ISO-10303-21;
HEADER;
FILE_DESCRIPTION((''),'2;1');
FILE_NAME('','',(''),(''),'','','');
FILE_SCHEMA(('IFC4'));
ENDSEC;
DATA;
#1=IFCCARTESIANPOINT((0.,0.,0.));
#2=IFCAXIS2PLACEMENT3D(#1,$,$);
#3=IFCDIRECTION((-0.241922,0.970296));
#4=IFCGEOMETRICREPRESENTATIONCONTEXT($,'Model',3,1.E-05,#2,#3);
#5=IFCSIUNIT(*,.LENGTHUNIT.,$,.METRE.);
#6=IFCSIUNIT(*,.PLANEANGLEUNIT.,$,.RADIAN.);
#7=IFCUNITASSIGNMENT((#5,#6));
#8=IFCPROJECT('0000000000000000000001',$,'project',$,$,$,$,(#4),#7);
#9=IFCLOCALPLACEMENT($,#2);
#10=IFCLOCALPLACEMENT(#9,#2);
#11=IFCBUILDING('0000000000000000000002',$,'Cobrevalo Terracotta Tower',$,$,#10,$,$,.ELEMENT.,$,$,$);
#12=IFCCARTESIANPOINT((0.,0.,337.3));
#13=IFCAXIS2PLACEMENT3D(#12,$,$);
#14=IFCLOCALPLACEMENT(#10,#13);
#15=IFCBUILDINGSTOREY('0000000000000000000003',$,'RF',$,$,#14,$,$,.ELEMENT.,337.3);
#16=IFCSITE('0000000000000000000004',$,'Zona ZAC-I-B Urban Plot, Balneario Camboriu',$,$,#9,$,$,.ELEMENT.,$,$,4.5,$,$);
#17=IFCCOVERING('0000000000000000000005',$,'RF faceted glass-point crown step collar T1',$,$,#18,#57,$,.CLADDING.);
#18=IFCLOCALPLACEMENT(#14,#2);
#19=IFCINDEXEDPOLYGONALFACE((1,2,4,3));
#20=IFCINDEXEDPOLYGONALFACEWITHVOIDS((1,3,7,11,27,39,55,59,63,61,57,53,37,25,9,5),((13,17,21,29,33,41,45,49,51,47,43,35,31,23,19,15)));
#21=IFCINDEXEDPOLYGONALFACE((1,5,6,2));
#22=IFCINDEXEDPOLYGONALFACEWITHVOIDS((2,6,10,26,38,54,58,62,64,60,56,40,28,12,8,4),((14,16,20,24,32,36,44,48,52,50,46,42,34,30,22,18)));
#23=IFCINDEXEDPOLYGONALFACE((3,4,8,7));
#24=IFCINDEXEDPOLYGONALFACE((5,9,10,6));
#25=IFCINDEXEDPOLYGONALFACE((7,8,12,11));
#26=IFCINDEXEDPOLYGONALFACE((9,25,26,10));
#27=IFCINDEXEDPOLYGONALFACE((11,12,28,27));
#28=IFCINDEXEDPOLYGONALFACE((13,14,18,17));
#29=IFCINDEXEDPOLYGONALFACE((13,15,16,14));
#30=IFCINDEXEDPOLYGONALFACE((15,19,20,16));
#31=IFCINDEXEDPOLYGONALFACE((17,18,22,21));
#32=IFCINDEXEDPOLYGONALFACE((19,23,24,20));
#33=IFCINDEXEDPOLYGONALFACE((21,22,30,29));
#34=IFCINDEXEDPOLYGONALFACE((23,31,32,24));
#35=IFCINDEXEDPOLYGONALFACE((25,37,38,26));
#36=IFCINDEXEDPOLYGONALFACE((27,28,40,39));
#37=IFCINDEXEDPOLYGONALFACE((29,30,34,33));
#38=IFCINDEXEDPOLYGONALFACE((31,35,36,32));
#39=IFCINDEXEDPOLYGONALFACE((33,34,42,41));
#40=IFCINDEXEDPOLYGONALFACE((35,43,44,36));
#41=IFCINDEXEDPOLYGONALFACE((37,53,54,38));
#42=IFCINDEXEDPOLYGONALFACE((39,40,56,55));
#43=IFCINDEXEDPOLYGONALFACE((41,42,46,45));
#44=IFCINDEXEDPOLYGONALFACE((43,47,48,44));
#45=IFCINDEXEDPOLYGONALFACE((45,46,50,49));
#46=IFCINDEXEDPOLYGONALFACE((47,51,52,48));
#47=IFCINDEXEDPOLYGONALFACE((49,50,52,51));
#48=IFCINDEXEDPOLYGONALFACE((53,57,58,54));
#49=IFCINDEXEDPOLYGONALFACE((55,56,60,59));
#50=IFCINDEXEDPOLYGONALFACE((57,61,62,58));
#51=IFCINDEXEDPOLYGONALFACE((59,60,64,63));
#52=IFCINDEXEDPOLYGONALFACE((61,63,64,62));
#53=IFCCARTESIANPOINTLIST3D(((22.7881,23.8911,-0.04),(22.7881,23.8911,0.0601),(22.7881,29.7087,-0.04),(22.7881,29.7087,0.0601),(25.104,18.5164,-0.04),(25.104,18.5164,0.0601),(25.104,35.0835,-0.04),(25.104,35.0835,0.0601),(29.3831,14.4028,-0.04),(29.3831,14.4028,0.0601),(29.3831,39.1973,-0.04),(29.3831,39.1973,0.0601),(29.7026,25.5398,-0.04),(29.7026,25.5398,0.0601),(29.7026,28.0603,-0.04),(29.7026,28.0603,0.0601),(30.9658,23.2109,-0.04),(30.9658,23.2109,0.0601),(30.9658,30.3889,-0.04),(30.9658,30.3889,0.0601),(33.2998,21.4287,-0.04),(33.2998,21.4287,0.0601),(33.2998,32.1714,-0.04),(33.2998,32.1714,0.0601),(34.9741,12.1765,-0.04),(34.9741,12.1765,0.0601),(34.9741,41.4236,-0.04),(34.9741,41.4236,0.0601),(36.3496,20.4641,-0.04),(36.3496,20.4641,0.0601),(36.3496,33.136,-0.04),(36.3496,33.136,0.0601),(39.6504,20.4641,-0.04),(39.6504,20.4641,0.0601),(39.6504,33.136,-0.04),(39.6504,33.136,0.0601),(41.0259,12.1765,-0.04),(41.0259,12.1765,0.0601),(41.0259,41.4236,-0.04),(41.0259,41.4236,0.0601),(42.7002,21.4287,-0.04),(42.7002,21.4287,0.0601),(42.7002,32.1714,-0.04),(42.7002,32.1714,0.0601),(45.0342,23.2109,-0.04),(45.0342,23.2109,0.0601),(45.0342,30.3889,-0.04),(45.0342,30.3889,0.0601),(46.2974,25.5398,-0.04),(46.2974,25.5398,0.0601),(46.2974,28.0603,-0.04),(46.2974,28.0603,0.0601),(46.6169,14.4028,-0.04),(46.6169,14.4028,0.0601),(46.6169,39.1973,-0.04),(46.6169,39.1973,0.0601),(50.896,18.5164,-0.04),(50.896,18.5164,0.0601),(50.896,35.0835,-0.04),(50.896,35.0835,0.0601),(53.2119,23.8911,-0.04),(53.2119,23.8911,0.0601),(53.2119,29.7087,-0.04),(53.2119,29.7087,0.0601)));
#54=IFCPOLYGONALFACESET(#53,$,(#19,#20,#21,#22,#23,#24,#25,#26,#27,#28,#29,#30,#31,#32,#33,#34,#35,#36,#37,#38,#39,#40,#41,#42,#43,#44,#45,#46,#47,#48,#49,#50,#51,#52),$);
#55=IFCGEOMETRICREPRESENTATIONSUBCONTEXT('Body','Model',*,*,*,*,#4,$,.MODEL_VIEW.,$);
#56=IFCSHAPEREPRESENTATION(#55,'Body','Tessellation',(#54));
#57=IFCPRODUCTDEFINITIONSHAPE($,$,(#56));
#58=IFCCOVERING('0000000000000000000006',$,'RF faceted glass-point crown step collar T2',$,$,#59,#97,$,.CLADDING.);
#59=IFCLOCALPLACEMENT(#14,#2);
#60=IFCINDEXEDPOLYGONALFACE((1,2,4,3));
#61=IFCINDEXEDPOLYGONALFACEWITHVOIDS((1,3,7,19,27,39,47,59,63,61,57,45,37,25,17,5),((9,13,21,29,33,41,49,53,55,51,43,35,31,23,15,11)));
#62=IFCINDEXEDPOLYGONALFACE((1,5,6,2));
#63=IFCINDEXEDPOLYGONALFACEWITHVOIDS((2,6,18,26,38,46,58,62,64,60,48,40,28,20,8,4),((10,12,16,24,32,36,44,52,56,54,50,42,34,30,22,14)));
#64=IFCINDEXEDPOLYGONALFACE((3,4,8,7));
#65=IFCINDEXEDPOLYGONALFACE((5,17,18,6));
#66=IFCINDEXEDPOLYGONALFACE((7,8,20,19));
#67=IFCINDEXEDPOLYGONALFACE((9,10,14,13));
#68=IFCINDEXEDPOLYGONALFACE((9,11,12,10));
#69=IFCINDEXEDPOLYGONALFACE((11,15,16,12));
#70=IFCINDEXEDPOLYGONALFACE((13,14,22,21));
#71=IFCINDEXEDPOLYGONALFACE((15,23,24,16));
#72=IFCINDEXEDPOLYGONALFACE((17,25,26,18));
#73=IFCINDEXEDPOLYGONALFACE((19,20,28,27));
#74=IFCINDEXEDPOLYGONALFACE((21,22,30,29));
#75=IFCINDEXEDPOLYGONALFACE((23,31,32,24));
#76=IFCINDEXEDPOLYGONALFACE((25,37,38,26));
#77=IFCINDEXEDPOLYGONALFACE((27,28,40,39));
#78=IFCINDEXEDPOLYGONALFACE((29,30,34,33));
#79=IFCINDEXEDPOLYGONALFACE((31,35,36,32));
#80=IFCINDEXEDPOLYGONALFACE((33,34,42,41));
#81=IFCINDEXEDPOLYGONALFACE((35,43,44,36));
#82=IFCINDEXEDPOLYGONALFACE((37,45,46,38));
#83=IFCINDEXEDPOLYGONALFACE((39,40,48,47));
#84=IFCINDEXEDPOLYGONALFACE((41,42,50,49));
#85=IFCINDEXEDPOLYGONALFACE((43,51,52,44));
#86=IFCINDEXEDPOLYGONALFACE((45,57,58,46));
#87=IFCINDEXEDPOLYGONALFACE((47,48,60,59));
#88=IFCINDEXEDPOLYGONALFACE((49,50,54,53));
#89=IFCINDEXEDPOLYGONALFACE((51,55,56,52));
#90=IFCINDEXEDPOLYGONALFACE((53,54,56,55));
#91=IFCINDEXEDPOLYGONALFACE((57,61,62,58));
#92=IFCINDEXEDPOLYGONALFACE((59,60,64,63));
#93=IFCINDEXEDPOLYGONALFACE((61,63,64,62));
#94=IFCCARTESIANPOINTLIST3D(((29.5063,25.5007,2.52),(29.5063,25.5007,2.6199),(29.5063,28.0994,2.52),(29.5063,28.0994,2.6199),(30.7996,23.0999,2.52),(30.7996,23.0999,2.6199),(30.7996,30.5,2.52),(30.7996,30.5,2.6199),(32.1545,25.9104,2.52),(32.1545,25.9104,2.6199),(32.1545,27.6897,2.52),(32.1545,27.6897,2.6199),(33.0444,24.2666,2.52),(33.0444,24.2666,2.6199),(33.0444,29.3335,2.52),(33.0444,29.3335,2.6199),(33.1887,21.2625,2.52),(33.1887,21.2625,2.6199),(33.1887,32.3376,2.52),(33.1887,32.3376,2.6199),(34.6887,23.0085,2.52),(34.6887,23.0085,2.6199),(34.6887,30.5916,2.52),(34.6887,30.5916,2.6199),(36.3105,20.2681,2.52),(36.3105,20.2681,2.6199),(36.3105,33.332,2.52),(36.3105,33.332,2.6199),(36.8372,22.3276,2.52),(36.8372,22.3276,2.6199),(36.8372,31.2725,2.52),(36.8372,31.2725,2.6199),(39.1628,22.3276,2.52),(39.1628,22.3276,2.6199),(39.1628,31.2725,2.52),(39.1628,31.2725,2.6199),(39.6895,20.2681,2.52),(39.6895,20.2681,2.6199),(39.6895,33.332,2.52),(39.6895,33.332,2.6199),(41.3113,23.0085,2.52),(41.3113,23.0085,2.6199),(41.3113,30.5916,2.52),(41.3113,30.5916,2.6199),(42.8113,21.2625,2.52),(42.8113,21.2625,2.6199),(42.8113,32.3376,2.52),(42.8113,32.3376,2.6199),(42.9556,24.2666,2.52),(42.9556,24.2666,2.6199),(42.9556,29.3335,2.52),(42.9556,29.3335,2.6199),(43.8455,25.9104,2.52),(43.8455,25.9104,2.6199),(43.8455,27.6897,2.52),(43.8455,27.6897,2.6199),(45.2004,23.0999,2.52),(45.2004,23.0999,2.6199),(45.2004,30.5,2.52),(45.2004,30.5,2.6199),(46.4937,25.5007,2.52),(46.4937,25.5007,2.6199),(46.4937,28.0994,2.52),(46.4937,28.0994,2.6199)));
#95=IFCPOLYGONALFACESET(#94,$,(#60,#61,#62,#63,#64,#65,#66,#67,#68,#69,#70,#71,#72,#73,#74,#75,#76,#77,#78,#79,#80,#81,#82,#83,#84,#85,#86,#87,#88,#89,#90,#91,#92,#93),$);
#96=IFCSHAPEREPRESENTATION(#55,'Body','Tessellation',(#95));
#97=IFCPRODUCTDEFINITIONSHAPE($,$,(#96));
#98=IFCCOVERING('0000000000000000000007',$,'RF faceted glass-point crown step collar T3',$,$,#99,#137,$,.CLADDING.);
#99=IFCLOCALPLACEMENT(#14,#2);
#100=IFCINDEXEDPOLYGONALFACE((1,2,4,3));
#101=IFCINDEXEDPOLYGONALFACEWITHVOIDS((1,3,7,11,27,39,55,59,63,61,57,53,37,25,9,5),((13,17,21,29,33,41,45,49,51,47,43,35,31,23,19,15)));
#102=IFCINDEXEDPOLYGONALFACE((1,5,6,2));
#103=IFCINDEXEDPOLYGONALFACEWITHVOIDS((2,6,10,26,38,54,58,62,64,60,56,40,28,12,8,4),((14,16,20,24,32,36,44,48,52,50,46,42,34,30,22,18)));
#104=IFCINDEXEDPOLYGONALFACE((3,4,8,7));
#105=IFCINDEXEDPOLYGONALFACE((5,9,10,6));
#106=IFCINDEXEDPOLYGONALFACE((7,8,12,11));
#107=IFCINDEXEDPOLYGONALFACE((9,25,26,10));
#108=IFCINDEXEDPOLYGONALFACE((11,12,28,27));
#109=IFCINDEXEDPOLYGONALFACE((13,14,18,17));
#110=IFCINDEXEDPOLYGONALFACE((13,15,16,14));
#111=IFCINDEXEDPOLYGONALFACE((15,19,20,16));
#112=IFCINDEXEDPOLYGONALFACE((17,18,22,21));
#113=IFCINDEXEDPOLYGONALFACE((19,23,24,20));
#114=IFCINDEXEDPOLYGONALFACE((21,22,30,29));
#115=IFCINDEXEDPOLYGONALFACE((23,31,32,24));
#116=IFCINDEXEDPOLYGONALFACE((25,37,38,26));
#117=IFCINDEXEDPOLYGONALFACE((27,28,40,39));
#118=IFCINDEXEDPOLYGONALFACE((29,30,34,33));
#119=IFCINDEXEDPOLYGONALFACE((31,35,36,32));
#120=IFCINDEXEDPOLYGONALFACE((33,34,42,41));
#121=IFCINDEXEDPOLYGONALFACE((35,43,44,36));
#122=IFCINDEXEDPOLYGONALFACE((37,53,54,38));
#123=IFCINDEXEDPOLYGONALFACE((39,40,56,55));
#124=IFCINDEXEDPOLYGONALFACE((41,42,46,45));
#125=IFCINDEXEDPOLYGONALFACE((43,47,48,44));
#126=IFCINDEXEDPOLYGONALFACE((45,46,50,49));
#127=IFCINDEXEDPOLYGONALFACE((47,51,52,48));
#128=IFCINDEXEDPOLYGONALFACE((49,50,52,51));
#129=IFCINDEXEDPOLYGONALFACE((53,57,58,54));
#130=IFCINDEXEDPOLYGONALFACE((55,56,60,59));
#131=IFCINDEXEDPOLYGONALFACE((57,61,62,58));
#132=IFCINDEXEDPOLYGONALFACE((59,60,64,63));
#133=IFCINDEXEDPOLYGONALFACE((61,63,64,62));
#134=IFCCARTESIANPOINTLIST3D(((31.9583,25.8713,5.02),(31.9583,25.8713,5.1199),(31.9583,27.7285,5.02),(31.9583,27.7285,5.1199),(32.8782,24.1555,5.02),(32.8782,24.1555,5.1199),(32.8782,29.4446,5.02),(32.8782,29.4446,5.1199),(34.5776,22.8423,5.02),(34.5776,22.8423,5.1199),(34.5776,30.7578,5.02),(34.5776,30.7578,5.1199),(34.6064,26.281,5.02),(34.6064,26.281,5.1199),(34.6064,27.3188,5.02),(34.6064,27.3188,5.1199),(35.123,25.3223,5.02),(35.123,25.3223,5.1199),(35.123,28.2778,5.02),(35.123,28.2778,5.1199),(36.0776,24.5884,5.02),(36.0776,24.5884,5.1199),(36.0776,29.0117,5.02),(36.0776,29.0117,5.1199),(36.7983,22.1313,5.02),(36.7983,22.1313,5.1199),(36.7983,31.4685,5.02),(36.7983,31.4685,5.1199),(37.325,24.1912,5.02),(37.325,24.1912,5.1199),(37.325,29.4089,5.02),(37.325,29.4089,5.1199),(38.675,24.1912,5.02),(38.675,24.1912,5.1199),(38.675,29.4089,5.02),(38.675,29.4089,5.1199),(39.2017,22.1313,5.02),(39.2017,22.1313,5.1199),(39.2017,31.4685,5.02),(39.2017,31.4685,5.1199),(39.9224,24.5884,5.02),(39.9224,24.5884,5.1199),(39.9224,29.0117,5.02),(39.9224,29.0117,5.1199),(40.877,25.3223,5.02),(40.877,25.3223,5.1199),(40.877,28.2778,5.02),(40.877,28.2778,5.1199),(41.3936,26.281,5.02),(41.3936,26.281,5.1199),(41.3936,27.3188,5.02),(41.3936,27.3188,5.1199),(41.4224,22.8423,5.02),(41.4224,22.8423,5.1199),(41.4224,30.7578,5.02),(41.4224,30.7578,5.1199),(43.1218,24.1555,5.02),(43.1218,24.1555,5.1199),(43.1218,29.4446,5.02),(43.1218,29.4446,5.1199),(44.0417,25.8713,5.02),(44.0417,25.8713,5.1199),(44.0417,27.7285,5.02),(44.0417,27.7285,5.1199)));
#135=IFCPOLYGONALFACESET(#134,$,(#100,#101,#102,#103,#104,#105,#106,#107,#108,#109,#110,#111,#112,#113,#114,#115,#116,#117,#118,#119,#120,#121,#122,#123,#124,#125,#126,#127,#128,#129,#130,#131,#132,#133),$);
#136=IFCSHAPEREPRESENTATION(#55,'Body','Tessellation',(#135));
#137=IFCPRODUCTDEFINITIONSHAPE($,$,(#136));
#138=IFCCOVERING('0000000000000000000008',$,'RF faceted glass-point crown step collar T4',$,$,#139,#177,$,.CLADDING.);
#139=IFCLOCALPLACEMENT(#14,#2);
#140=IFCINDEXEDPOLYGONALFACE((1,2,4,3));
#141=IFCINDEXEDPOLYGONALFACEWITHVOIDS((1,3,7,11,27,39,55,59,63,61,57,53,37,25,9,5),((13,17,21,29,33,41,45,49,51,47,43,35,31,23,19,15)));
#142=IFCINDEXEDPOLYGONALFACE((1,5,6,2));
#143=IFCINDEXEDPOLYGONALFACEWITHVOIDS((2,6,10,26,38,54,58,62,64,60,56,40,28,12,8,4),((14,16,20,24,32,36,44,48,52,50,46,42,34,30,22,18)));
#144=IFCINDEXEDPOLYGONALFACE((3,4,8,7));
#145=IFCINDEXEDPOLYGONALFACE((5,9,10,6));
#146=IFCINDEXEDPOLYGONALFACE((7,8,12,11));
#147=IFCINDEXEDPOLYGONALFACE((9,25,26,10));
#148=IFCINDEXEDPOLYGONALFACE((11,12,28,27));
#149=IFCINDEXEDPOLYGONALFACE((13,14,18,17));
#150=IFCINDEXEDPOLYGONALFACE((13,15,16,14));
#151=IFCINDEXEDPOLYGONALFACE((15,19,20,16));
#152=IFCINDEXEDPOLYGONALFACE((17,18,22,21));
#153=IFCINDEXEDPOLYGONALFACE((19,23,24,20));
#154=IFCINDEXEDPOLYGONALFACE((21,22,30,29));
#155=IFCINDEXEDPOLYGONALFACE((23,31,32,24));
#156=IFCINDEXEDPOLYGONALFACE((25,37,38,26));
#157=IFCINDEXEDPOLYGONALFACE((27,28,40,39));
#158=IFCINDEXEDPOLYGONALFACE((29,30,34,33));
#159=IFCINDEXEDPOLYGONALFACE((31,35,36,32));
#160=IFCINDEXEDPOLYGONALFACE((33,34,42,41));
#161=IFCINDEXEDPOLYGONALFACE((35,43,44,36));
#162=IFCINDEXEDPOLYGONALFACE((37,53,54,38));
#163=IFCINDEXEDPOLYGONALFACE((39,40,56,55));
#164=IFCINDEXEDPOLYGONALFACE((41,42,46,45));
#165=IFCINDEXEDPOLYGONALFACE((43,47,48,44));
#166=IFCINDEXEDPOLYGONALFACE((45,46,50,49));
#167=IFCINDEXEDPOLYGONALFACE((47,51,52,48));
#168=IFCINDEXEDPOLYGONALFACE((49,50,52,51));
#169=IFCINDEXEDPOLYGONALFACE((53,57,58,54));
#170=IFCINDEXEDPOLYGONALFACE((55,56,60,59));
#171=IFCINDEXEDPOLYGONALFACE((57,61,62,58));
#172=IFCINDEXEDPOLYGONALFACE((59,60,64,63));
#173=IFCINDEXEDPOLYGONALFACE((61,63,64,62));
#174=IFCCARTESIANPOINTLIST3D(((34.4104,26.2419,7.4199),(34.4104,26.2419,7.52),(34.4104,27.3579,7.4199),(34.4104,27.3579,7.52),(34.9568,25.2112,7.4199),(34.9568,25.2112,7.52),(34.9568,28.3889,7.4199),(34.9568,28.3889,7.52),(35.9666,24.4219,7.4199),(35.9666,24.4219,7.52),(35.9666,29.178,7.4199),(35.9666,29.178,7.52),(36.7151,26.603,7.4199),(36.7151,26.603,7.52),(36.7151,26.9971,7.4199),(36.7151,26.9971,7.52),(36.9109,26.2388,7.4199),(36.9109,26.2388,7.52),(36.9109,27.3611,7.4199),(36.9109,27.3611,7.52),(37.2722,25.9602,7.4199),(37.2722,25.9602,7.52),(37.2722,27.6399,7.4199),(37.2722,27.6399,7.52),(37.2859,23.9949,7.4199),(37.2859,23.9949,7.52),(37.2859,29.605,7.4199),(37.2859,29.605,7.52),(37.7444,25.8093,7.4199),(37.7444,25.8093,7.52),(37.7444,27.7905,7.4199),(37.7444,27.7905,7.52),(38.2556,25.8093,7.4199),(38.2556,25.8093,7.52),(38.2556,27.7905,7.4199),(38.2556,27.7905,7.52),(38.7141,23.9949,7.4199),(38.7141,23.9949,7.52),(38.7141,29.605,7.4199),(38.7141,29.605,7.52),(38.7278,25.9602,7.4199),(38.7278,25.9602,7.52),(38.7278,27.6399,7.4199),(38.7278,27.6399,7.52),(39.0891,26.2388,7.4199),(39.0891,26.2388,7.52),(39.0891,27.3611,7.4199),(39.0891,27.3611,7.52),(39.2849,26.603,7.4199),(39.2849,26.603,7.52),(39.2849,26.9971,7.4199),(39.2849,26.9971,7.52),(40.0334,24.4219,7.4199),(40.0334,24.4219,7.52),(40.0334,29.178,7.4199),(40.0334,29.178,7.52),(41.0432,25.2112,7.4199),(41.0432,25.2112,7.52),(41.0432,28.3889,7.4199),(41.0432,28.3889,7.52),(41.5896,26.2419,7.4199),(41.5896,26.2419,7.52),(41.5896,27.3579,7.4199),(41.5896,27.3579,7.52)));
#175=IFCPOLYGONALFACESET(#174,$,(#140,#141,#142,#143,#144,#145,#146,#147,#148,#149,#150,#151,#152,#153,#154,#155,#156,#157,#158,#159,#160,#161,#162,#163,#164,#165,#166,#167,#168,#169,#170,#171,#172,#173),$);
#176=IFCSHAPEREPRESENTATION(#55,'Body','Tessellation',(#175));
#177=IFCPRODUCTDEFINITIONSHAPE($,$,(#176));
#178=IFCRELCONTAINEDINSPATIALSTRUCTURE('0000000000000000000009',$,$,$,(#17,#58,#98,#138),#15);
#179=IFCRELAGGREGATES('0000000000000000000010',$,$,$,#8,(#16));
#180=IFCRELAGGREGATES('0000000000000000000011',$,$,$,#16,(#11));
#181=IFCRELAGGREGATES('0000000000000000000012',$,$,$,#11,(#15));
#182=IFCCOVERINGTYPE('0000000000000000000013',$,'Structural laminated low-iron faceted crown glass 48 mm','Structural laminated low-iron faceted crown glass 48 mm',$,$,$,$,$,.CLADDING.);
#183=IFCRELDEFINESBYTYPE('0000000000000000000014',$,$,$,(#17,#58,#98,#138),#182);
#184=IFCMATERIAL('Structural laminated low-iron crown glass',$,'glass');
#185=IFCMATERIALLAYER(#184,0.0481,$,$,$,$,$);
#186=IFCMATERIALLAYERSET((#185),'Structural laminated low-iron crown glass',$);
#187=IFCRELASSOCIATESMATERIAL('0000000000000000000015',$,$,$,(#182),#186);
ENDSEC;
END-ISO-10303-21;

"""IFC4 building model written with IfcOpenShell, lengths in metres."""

from ifc_helpers import new_model, si_unit, direction, frame, origin, place, context, subcontext, project, spatial, polyline, outline, extrude, material, layer, layer_set, type_object, element, save


model = new_model("IFC4")

# Units and contexts
model_context = context("Model", 3, precision=1e-05, world=origin(), true_north=direction((-0.241922, 0.970296)))
body_context = subcontext(model_context, "Body", "Model", "MODEL_VIEW")
ifc_project = project(units=[si_unit("LENGTHUNIT", "METRE"), si_unit("PLANEANGLEUNIT", "RADIAN")], contexts=[model_context])

# Site, building, storey
site_placement = place(None, origin())
site = spatial("IfcSite", under=ifc_project, at=site_placement, Name="Zona ZAC-I-B Urban Plot, Balneario Camboriu", CompositionType="ELEMENT", RefElevation=4.5)
building_placement = place(site_placement, origin())
building = spatial("IfcBuilding", under=site, at=building_placement, Name="Cobrevalo Terracotta Tower", CompositionType="ELEMENT")
storey_placement = place(building_placement, frame((0.0, 0.0, 337.3)))
storey = spatial("IfcBuildingStorey", under=building, at=storey_placement, Name="RF", CompositionType="ELEMENT", Elevation=337.3)

# Shared definitions
ifc_material_1 = material(Name="Structural laminated low-iron crown glass", Category="glass")

# Coverings
ifc_layer_1 = layer(ifc_material_1, 0.0481)
ifc_layer_set_1 = layer_set([ifc_layer_1], Name="Structural laminated low-iron crown glass")
covering_type = type_object("IfcCoveringType", Name="Structural laminated low-iron faceted crown glass 48 mm", Description="Structural laminated low-iron faceted crown glass 48 mm", PredefinedType="CLADDING", material=ifc_layer_set_1)
covering_1_placement = place(storey_placement, frame((0.0, 0.0, -0.04)))
element("IfcCovering", 1, at=covering_1_placement, inside=storey, type_object=covering_type, Name="RF faceted glass-point crown step collar T1", PredefinedType="CLADDING", context=body_context, shape_type="SweptSolid", body=[
    extrude(outline(polyline([(53.2119, 29.7087), (50.896, 35.0835), (46.6169, 39.1973), (41.0259, 41.4236), (34.9741, 41.4236), (29.3831, 39.1973), (25.104, 35.0835), (22.7881, 29.7087), (22.7881, 23.8911), (25.104, 18.5164), (29.3831, 14.4028), (34.9741, 12.1765), (41.0259, 12.1765), (46.6169, 14.4028), (50.896, 18.5164), (53.2119, 23.8911), (53.2119, 29.7087)]), holes=[polyline([(46.2974, 28.0603), (45.0342, 30.3889), (42.7002, 32.1714), (39.6504, 33.136), (36.3496, 33.136), (33.2998, 32.1714), (30.9658, 30.3889), (29.7026, 28.0603), (29.7026, 25.5398), (30.9658, 23.2109), (33.2998, 21.4287), (36.3496, 20.4641), (39.6504, 20.4641), (42.7002, 21.4287), (45.0342, 23.2109), (46.2974, 25.5398), (46.2974, 28.0603)])]), origin(), (0.0, 0.0, 1.0), 0.1001),
])
covering_2_placement = place(storey_placement, frame((0.0, 0.0, 2.52)))
element("IfcCovering", 2, at=covering_2_placement, inside=storey, type_object=covering_type, Name="RF faceted glass-point crown step collar T2", PredefinedType="CLADDING", context=body_context, shape_type="SweptSolid", body=[
    extrude(outline(polyline([(46.4937, 28.0994), (45.2004, 30.5), (42.8113, 32.3376), (39.6895, 33.332), (36.3105, 33.332), (33.1887, 32.3376), (30.7996, 30.5), (29.5063, 28.0994), (29.5063, 25.5007), (30.7996, 23.0999), (33.1887, 21.2625), (36.3105, 20.2681), (39.6895, 20.2681), (42.8113, 21.2625), (45.2004, 23.0999), (46.4937, 25.5007), (46.4937, 28.0994)]), holes=[polyline([(43.8455, 27.6897), (42.9556, 29.3335), (41.3113, 30.5916), (39.1628, 31.2725), (36.8372, 31.2725), (34.6887, 30.5916), (33.0444, 29.3335), (32.1545, 27.6897), (32.1545, 25.9104), (33.0444, 24.2666), (34.6887, 23.0085), (36.8372, 22.3276), (39.1628, 22.3276), (41.3113, 23.0085), (42.9556, 24.2666), (43.8455, 25.9104), (43.8455, 27.6897)])]), origin(), (0.0, 0.0, 1.0), 0.0999),
])
covering_3_placement = place(storey_placement, frame((0.0, 0.0, 5.02)))
element("IfcCovering", 3, at=covering_3_placement, inside=storey, type_object=covering_type, Name="RF faceted glass-point crown step collar T3", PredefinedType="CLADDING", context=body_context, shape_type="SweptSolid", body=[
    extrude(outline(polyline([(44.0417, 27.7285), (43.1218, 29.4446), (41.4224, 30.7578), (39.2017, 31.4685), (36.7983, 31.4685), (34.5776, 30.7578), (32.8782, 29.4446), (31.9583, 27.7285), (31.9583, 25.8713), (32.8782, 24.1555), (34.5776, 22.8423), (36.7983, 22.1313), (39.2017, 22.1313), (41.4224, 22.8423), (43.1218, 24.1555), (44.0417, 25.8713), (44.0417, 27.7285)]), holes=[polyline([(41.3936, 27.3188), (40.877, 28.2778), (39.9224, 29.0117), (38.675, 29.4089), (37.325, 29.4089), (36.0776, 29.0117), (35.123, 28.2778), (34.6064, 27.3188), (34.6064, 26.281), (35.123, 25.3223), (36.0776, 24.5884), (37.325, 24.1912), (38.675, 24.1912), (39.9224, 24.5884), (40.877, 25.3223), (41.3936, 26.281), (41.3936, 27.3188)])]), origin(), (0.0, 0.0, 1.0), 0.0999),
])
covering_4_placement = place(storey_placement, frame((0.0, 0.0, 7.4199)))
element("IfcCovering", 4, at=covering_4_placement, inside=storey, type_object=covering_type, Name="RF faceted glass-point crown step collar T4", PredefinedType="CLADDING", context=body_context, shape_type="SweptSolid", body=[
    extrude(outline(polyline([(41.5896, 27.3579), (41.0432, 28.3889), (40.0334, 29.178), (38.7141, 29.605), (37.2859, 29.605), (35.9666, 29.178), (34.9568, 28.3889), (34.4104, 27.3579), (34.4104, 26.2419), (34.9568, 25.2112), (35.9666, 24.4219), (37.2859, 23.9949), (38.7141, 23.9949), (40.0334, 24.4219), (41.0432, 25.2112), (41.5896, 26.2419), (41.5896, 27.3579)]), holes=[polyline([(39.2849, 26.9971), (39.0891, 27.3611), (38.7278, 27.6399), (38.2556, 27.7905), (37.7444, 27.7905), (37.2722, 27.6399), (36.9109, 27.3611), (36.7151, 26.9971), (36.7151, 26.603), (36.9109, 26.2388), (37.2722, 25.9602), (37.7444, 25.8093), (38.2556, 25.8093), (38.7278, 25.9602), (39.0891, 26.2388), (39.2849, 26.603), (39.2849, 26.9971)])]), origin(), (0.0, 0.0, 1.0), 0.1001),
])

save(model, "model.ifc")
